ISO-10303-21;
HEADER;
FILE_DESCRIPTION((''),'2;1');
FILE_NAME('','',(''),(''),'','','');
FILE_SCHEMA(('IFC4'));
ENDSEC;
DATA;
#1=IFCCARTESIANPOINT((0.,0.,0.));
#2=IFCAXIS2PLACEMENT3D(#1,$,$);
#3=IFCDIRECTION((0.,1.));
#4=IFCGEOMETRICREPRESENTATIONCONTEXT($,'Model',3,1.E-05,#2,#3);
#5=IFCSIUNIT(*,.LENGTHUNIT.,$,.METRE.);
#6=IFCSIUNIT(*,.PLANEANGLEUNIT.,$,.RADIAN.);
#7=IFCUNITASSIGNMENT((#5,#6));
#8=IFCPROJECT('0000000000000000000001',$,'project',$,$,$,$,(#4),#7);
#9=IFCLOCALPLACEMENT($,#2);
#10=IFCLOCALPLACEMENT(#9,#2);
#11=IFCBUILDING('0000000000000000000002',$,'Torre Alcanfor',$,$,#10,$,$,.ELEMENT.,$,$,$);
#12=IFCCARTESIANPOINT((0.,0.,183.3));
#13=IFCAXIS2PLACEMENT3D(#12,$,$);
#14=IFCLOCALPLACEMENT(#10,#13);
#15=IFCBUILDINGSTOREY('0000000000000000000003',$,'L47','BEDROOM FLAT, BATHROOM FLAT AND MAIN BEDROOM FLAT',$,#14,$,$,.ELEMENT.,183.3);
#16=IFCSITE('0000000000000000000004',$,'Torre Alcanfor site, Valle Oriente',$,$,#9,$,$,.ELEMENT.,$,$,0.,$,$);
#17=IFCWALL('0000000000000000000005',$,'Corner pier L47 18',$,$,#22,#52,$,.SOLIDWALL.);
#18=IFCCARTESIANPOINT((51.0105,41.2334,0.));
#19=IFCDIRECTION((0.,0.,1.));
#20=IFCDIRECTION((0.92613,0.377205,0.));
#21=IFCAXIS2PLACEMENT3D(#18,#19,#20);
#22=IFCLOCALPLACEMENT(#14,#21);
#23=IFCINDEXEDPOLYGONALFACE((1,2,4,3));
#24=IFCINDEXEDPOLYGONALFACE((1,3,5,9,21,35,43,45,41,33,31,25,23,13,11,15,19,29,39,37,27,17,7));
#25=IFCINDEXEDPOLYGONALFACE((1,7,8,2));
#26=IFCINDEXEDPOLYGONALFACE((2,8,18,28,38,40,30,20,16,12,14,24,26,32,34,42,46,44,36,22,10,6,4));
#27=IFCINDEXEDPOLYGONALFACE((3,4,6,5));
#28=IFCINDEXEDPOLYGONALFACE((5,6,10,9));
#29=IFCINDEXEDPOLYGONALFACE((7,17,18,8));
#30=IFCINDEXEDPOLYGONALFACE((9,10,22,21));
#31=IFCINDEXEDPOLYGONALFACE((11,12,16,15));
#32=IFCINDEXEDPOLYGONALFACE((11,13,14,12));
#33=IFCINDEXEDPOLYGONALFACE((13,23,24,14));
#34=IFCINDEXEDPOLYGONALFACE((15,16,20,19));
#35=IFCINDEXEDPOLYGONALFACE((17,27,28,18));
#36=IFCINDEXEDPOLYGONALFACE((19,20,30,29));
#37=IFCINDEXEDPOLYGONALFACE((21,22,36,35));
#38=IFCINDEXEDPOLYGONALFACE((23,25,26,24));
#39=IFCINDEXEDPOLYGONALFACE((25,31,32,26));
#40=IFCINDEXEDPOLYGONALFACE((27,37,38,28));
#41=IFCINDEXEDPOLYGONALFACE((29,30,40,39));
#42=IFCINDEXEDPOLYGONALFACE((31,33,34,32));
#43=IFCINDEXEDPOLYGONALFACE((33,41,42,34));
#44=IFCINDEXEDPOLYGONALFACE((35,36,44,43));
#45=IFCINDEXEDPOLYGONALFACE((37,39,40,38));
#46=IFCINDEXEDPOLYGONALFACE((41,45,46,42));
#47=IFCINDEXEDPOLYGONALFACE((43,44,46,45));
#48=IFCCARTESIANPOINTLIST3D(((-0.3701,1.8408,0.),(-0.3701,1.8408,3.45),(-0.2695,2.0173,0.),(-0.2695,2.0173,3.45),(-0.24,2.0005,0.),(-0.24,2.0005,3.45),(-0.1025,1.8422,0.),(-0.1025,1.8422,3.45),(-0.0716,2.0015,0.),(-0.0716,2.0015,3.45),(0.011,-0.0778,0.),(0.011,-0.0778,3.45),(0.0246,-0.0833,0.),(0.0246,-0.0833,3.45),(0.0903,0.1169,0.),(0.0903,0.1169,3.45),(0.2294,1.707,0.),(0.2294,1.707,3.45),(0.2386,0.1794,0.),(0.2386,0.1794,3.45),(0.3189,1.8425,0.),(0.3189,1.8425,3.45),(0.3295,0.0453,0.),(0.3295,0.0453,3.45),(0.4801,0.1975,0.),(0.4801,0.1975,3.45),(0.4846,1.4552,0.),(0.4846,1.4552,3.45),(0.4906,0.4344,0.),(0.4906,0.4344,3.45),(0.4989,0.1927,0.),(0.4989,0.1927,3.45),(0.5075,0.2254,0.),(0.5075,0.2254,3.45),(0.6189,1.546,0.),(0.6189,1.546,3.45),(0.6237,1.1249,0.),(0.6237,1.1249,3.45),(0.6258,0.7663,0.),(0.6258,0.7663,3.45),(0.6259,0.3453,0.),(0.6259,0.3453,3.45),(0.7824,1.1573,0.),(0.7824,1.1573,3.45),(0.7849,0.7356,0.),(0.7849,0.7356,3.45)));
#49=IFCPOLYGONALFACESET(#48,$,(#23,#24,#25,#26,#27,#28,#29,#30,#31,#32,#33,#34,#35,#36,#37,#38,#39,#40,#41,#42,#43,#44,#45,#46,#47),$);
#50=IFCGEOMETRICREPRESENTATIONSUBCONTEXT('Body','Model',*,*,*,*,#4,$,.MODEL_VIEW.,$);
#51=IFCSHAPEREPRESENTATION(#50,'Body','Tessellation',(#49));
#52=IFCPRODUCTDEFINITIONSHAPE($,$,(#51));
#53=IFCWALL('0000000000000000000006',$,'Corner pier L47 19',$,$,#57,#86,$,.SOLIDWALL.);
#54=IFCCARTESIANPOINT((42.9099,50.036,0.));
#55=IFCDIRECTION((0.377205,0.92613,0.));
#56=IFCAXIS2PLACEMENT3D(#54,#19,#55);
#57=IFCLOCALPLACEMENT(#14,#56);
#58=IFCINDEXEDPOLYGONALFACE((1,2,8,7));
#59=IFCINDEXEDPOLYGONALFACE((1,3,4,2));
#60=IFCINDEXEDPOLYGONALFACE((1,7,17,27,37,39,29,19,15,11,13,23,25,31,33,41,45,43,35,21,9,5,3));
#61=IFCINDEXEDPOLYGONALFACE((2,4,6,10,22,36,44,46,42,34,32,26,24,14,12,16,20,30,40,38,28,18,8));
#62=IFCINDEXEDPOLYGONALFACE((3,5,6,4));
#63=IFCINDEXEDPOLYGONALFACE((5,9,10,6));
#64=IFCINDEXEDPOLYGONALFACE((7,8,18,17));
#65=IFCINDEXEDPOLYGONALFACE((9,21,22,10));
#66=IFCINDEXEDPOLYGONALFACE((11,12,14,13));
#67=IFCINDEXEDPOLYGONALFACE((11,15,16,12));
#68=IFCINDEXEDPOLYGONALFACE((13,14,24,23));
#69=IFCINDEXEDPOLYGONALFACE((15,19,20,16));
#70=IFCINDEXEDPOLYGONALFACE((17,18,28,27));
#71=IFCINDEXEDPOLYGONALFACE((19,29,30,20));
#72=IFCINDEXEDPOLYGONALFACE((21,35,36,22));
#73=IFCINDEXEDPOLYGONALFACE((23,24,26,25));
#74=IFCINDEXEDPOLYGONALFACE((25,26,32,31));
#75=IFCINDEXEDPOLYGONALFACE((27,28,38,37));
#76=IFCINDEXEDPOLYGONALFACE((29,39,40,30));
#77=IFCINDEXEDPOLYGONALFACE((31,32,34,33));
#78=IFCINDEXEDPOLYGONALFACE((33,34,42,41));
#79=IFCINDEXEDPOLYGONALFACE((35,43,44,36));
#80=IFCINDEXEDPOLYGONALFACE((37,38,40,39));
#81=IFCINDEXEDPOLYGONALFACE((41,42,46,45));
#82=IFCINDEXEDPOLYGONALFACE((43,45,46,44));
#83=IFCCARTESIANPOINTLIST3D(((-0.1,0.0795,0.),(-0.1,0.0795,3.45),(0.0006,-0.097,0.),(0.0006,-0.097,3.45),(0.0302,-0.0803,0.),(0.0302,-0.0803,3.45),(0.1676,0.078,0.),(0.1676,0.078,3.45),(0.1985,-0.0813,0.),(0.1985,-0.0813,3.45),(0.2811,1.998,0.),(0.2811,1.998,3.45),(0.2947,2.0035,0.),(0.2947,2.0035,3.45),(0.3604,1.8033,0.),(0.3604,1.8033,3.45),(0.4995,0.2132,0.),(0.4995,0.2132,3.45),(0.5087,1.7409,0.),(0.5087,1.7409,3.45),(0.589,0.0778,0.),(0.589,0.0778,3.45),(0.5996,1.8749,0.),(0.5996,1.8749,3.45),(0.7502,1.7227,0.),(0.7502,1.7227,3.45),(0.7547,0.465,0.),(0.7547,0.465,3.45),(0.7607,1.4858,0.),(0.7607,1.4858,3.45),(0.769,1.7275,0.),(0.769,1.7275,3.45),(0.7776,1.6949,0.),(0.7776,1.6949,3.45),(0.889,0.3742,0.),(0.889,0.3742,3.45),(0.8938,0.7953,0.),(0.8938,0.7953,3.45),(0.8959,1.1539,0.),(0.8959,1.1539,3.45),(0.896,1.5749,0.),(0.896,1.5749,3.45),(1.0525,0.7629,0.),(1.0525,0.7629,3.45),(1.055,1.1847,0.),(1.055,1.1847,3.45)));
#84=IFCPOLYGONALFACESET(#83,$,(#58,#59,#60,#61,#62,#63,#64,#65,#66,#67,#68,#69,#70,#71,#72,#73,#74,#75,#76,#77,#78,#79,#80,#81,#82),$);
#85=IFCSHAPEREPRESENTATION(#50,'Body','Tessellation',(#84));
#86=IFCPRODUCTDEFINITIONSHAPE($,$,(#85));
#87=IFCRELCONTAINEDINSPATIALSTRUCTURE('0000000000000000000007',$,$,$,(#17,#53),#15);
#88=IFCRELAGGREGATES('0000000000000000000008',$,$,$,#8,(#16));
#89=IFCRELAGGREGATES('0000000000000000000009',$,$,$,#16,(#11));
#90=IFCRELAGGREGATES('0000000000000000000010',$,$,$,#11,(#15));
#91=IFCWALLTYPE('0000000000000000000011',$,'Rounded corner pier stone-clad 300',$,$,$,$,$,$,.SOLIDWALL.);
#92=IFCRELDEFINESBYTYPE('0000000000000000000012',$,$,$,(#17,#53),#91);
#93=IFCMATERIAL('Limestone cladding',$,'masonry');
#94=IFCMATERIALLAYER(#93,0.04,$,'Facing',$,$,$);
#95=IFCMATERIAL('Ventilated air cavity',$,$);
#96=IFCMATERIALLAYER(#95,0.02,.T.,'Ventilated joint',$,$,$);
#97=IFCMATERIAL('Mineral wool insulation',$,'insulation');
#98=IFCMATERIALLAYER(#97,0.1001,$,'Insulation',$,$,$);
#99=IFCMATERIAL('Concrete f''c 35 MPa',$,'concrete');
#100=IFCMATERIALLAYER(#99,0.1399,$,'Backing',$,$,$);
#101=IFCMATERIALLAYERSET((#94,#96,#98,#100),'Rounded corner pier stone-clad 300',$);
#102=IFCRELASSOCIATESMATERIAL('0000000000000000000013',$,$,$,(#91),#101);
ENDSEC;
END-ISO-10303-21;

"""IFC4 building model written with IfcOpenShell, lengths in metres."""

from ifc_helpers import new_model, si_unit, direction, frame, origin, place, context, subcontext, project, spatial, polyline, outline, extrude, material, layer, layer_set, type_object, element, save


model = new_model("IFC4")

# Units and contexts
model_context = context("Model", 3, precision=1e-05, world=origin(), true_north=direction((0.0, 1.0)))
body_context = subcontext(model_context, "Body", "Model", "MODEL_VIEW")
ifc_project = project(units=[si_unit("LENGTHUNIT", "METRE"), si_unit("PLANEANGLEUNIT", "RADIAN")], contexts=[model_context])

# Site, building, storey
site_placement = place(None, origin())
site = spatial("IfcSite", under=ifc_project, at=site_placement, Name="Torre Alcanfor site, Valle Oriente", CompositionType="ELEMENT", RefElevation=0.0)
building_placement = place(site_placement, origin())
building = spatial("IfcBuilding", under=site, at=building_placement, Name="Torre Alcanfor", CompositionType="ELEMENT")
storey_placement = place(building_placement, frame((0.0, 0.0, 183.3)))
storey = spatial("IfcBuildingStorey", under=building, at=storey_placement, Name="L47", Description="BEDROOM FLAT, BATHROOM FLAT AND MAIN BEDROOM FLAT", CompositionType="ELEMENT", Elevation=183.3)

# Shared definitions
ifc_material_1 = material(Name="Limestone cladding", Category="masonry")
ifc_material_2 = material(Name="Ventilated air cavity")
ifc_material_3 = material(Name="Mineral wool insulation", Category="insulation")
ifc_material_4 = material(Name="Concrete f'c 35 MPa", Category="concrete")

# Walls
ifc_layer_1 = layer(ifc_material_1, 0.04, Name="Facing")
ifc_layer_2 = layer(ifc_material_2, 0.02, ventilated=True, Name="Ventilated joint")
ifc_layer_3 = layer(ifc_material_3, 0.1001, Name="Insulation")
ifc_layer_4 = layer(ifc_material_4, 0.1399, Name="Backing")
ifc_layer_set_1 = layer_set([ifc_layer_1, ifc_layer_2, ifc_layer_3, ifc_layer_4], Name="Rounded corner pier stone-clad 300")
wall_type_1 = type_object("IfcWallType", Name="Rounded corner pier stone-clad 300", PredefinedType="SOLIDWALL", material=ifc_layer_set_1)
wall_1_placement = place(storey_placement, frame((51.0105, 41.2334, 0.0), z_axis=(0.0, 0.0, 1.0), x_axis=(0.92613, 0.377205, 0.0)))
element("IfcWall", 1, at=wall_1_placement, inside=storey, type_object=wall_type_1, Name="Corner pier L47 18", PredefinedType="SOLIDWALL", context=body_context, shape_type="SweptSolid", body=[
    extrude(outline(polyline([(0.6259, 0.3453), (0.7849, 0.7356), (0.7824, 1.1573), (0.6189, 1.546), (0.3189, 1.8425), (-0.0716, 2.0015), (-0.24, 2.0005), (-0.2695, 2.0173), (-0.3701, 1.8408), (-0.1025, 1.8422), (0.2294, 1.707), (0.4846, 1.4552), (0.6237, 1.1249), (0.6258, 0.7663), (0.4906, 0.4344), (0.2386, 0.1794), (0.0903, 0.1169), (0.011, -0.0778), (0.0246, -0.0833), (0.3295, 0.0453), (0.4801, 0.1975), (0.4989, 0.1927), (0.5075, 0.2254), (0.6259, 0.3453)])), origin(), (0.0, 0.0, 1.0), 3.45),
])
wall_2_placement = place(storey_placement, frame((42.9099, 50.036, 0.0), z_axis=(0.0, 0.0, 1.0), x_axis=(0.377205, 0.92613, 0.0)))
element("IfcWall", 2, at=wall_2_placement, inside=storey, type_object=wall_type_1, Name="Corner pier L47 19", PredefinedType="SOLIDWALL", context=body_context, shape_type="SweptSolid", body=[
    extrude(outline(polyline([(0.769, 1.7275), (0.7502, 1.7227), (0.5996, 1.8749), (0.2947, 2.0035), (0.2811, 1.998), (0.3604, 1.8033), (0.5087, 1.7409), (0.7607, 1.4858), (0.8959, 1.1539), (0.8938, 0.7953), (0.7547, 0.465), (0.4995, 0.2132), (0.1676, 0.078), (-0.1, 0.0795), (0.0006, -0.097), (0.0302, -0.0803), (0.1985, -0.0813), (0.589, 0.0778), (0.889, 0.3742), (1.0525, 0.7629), (1.055, 1.1847), (0.896, 1.5749), (0.7776, 1.6949), (0.769, 1.7275)])), origin(), (0.0, 0.0, 1.0), 3.45),
])

save(model, "model.ifc")
